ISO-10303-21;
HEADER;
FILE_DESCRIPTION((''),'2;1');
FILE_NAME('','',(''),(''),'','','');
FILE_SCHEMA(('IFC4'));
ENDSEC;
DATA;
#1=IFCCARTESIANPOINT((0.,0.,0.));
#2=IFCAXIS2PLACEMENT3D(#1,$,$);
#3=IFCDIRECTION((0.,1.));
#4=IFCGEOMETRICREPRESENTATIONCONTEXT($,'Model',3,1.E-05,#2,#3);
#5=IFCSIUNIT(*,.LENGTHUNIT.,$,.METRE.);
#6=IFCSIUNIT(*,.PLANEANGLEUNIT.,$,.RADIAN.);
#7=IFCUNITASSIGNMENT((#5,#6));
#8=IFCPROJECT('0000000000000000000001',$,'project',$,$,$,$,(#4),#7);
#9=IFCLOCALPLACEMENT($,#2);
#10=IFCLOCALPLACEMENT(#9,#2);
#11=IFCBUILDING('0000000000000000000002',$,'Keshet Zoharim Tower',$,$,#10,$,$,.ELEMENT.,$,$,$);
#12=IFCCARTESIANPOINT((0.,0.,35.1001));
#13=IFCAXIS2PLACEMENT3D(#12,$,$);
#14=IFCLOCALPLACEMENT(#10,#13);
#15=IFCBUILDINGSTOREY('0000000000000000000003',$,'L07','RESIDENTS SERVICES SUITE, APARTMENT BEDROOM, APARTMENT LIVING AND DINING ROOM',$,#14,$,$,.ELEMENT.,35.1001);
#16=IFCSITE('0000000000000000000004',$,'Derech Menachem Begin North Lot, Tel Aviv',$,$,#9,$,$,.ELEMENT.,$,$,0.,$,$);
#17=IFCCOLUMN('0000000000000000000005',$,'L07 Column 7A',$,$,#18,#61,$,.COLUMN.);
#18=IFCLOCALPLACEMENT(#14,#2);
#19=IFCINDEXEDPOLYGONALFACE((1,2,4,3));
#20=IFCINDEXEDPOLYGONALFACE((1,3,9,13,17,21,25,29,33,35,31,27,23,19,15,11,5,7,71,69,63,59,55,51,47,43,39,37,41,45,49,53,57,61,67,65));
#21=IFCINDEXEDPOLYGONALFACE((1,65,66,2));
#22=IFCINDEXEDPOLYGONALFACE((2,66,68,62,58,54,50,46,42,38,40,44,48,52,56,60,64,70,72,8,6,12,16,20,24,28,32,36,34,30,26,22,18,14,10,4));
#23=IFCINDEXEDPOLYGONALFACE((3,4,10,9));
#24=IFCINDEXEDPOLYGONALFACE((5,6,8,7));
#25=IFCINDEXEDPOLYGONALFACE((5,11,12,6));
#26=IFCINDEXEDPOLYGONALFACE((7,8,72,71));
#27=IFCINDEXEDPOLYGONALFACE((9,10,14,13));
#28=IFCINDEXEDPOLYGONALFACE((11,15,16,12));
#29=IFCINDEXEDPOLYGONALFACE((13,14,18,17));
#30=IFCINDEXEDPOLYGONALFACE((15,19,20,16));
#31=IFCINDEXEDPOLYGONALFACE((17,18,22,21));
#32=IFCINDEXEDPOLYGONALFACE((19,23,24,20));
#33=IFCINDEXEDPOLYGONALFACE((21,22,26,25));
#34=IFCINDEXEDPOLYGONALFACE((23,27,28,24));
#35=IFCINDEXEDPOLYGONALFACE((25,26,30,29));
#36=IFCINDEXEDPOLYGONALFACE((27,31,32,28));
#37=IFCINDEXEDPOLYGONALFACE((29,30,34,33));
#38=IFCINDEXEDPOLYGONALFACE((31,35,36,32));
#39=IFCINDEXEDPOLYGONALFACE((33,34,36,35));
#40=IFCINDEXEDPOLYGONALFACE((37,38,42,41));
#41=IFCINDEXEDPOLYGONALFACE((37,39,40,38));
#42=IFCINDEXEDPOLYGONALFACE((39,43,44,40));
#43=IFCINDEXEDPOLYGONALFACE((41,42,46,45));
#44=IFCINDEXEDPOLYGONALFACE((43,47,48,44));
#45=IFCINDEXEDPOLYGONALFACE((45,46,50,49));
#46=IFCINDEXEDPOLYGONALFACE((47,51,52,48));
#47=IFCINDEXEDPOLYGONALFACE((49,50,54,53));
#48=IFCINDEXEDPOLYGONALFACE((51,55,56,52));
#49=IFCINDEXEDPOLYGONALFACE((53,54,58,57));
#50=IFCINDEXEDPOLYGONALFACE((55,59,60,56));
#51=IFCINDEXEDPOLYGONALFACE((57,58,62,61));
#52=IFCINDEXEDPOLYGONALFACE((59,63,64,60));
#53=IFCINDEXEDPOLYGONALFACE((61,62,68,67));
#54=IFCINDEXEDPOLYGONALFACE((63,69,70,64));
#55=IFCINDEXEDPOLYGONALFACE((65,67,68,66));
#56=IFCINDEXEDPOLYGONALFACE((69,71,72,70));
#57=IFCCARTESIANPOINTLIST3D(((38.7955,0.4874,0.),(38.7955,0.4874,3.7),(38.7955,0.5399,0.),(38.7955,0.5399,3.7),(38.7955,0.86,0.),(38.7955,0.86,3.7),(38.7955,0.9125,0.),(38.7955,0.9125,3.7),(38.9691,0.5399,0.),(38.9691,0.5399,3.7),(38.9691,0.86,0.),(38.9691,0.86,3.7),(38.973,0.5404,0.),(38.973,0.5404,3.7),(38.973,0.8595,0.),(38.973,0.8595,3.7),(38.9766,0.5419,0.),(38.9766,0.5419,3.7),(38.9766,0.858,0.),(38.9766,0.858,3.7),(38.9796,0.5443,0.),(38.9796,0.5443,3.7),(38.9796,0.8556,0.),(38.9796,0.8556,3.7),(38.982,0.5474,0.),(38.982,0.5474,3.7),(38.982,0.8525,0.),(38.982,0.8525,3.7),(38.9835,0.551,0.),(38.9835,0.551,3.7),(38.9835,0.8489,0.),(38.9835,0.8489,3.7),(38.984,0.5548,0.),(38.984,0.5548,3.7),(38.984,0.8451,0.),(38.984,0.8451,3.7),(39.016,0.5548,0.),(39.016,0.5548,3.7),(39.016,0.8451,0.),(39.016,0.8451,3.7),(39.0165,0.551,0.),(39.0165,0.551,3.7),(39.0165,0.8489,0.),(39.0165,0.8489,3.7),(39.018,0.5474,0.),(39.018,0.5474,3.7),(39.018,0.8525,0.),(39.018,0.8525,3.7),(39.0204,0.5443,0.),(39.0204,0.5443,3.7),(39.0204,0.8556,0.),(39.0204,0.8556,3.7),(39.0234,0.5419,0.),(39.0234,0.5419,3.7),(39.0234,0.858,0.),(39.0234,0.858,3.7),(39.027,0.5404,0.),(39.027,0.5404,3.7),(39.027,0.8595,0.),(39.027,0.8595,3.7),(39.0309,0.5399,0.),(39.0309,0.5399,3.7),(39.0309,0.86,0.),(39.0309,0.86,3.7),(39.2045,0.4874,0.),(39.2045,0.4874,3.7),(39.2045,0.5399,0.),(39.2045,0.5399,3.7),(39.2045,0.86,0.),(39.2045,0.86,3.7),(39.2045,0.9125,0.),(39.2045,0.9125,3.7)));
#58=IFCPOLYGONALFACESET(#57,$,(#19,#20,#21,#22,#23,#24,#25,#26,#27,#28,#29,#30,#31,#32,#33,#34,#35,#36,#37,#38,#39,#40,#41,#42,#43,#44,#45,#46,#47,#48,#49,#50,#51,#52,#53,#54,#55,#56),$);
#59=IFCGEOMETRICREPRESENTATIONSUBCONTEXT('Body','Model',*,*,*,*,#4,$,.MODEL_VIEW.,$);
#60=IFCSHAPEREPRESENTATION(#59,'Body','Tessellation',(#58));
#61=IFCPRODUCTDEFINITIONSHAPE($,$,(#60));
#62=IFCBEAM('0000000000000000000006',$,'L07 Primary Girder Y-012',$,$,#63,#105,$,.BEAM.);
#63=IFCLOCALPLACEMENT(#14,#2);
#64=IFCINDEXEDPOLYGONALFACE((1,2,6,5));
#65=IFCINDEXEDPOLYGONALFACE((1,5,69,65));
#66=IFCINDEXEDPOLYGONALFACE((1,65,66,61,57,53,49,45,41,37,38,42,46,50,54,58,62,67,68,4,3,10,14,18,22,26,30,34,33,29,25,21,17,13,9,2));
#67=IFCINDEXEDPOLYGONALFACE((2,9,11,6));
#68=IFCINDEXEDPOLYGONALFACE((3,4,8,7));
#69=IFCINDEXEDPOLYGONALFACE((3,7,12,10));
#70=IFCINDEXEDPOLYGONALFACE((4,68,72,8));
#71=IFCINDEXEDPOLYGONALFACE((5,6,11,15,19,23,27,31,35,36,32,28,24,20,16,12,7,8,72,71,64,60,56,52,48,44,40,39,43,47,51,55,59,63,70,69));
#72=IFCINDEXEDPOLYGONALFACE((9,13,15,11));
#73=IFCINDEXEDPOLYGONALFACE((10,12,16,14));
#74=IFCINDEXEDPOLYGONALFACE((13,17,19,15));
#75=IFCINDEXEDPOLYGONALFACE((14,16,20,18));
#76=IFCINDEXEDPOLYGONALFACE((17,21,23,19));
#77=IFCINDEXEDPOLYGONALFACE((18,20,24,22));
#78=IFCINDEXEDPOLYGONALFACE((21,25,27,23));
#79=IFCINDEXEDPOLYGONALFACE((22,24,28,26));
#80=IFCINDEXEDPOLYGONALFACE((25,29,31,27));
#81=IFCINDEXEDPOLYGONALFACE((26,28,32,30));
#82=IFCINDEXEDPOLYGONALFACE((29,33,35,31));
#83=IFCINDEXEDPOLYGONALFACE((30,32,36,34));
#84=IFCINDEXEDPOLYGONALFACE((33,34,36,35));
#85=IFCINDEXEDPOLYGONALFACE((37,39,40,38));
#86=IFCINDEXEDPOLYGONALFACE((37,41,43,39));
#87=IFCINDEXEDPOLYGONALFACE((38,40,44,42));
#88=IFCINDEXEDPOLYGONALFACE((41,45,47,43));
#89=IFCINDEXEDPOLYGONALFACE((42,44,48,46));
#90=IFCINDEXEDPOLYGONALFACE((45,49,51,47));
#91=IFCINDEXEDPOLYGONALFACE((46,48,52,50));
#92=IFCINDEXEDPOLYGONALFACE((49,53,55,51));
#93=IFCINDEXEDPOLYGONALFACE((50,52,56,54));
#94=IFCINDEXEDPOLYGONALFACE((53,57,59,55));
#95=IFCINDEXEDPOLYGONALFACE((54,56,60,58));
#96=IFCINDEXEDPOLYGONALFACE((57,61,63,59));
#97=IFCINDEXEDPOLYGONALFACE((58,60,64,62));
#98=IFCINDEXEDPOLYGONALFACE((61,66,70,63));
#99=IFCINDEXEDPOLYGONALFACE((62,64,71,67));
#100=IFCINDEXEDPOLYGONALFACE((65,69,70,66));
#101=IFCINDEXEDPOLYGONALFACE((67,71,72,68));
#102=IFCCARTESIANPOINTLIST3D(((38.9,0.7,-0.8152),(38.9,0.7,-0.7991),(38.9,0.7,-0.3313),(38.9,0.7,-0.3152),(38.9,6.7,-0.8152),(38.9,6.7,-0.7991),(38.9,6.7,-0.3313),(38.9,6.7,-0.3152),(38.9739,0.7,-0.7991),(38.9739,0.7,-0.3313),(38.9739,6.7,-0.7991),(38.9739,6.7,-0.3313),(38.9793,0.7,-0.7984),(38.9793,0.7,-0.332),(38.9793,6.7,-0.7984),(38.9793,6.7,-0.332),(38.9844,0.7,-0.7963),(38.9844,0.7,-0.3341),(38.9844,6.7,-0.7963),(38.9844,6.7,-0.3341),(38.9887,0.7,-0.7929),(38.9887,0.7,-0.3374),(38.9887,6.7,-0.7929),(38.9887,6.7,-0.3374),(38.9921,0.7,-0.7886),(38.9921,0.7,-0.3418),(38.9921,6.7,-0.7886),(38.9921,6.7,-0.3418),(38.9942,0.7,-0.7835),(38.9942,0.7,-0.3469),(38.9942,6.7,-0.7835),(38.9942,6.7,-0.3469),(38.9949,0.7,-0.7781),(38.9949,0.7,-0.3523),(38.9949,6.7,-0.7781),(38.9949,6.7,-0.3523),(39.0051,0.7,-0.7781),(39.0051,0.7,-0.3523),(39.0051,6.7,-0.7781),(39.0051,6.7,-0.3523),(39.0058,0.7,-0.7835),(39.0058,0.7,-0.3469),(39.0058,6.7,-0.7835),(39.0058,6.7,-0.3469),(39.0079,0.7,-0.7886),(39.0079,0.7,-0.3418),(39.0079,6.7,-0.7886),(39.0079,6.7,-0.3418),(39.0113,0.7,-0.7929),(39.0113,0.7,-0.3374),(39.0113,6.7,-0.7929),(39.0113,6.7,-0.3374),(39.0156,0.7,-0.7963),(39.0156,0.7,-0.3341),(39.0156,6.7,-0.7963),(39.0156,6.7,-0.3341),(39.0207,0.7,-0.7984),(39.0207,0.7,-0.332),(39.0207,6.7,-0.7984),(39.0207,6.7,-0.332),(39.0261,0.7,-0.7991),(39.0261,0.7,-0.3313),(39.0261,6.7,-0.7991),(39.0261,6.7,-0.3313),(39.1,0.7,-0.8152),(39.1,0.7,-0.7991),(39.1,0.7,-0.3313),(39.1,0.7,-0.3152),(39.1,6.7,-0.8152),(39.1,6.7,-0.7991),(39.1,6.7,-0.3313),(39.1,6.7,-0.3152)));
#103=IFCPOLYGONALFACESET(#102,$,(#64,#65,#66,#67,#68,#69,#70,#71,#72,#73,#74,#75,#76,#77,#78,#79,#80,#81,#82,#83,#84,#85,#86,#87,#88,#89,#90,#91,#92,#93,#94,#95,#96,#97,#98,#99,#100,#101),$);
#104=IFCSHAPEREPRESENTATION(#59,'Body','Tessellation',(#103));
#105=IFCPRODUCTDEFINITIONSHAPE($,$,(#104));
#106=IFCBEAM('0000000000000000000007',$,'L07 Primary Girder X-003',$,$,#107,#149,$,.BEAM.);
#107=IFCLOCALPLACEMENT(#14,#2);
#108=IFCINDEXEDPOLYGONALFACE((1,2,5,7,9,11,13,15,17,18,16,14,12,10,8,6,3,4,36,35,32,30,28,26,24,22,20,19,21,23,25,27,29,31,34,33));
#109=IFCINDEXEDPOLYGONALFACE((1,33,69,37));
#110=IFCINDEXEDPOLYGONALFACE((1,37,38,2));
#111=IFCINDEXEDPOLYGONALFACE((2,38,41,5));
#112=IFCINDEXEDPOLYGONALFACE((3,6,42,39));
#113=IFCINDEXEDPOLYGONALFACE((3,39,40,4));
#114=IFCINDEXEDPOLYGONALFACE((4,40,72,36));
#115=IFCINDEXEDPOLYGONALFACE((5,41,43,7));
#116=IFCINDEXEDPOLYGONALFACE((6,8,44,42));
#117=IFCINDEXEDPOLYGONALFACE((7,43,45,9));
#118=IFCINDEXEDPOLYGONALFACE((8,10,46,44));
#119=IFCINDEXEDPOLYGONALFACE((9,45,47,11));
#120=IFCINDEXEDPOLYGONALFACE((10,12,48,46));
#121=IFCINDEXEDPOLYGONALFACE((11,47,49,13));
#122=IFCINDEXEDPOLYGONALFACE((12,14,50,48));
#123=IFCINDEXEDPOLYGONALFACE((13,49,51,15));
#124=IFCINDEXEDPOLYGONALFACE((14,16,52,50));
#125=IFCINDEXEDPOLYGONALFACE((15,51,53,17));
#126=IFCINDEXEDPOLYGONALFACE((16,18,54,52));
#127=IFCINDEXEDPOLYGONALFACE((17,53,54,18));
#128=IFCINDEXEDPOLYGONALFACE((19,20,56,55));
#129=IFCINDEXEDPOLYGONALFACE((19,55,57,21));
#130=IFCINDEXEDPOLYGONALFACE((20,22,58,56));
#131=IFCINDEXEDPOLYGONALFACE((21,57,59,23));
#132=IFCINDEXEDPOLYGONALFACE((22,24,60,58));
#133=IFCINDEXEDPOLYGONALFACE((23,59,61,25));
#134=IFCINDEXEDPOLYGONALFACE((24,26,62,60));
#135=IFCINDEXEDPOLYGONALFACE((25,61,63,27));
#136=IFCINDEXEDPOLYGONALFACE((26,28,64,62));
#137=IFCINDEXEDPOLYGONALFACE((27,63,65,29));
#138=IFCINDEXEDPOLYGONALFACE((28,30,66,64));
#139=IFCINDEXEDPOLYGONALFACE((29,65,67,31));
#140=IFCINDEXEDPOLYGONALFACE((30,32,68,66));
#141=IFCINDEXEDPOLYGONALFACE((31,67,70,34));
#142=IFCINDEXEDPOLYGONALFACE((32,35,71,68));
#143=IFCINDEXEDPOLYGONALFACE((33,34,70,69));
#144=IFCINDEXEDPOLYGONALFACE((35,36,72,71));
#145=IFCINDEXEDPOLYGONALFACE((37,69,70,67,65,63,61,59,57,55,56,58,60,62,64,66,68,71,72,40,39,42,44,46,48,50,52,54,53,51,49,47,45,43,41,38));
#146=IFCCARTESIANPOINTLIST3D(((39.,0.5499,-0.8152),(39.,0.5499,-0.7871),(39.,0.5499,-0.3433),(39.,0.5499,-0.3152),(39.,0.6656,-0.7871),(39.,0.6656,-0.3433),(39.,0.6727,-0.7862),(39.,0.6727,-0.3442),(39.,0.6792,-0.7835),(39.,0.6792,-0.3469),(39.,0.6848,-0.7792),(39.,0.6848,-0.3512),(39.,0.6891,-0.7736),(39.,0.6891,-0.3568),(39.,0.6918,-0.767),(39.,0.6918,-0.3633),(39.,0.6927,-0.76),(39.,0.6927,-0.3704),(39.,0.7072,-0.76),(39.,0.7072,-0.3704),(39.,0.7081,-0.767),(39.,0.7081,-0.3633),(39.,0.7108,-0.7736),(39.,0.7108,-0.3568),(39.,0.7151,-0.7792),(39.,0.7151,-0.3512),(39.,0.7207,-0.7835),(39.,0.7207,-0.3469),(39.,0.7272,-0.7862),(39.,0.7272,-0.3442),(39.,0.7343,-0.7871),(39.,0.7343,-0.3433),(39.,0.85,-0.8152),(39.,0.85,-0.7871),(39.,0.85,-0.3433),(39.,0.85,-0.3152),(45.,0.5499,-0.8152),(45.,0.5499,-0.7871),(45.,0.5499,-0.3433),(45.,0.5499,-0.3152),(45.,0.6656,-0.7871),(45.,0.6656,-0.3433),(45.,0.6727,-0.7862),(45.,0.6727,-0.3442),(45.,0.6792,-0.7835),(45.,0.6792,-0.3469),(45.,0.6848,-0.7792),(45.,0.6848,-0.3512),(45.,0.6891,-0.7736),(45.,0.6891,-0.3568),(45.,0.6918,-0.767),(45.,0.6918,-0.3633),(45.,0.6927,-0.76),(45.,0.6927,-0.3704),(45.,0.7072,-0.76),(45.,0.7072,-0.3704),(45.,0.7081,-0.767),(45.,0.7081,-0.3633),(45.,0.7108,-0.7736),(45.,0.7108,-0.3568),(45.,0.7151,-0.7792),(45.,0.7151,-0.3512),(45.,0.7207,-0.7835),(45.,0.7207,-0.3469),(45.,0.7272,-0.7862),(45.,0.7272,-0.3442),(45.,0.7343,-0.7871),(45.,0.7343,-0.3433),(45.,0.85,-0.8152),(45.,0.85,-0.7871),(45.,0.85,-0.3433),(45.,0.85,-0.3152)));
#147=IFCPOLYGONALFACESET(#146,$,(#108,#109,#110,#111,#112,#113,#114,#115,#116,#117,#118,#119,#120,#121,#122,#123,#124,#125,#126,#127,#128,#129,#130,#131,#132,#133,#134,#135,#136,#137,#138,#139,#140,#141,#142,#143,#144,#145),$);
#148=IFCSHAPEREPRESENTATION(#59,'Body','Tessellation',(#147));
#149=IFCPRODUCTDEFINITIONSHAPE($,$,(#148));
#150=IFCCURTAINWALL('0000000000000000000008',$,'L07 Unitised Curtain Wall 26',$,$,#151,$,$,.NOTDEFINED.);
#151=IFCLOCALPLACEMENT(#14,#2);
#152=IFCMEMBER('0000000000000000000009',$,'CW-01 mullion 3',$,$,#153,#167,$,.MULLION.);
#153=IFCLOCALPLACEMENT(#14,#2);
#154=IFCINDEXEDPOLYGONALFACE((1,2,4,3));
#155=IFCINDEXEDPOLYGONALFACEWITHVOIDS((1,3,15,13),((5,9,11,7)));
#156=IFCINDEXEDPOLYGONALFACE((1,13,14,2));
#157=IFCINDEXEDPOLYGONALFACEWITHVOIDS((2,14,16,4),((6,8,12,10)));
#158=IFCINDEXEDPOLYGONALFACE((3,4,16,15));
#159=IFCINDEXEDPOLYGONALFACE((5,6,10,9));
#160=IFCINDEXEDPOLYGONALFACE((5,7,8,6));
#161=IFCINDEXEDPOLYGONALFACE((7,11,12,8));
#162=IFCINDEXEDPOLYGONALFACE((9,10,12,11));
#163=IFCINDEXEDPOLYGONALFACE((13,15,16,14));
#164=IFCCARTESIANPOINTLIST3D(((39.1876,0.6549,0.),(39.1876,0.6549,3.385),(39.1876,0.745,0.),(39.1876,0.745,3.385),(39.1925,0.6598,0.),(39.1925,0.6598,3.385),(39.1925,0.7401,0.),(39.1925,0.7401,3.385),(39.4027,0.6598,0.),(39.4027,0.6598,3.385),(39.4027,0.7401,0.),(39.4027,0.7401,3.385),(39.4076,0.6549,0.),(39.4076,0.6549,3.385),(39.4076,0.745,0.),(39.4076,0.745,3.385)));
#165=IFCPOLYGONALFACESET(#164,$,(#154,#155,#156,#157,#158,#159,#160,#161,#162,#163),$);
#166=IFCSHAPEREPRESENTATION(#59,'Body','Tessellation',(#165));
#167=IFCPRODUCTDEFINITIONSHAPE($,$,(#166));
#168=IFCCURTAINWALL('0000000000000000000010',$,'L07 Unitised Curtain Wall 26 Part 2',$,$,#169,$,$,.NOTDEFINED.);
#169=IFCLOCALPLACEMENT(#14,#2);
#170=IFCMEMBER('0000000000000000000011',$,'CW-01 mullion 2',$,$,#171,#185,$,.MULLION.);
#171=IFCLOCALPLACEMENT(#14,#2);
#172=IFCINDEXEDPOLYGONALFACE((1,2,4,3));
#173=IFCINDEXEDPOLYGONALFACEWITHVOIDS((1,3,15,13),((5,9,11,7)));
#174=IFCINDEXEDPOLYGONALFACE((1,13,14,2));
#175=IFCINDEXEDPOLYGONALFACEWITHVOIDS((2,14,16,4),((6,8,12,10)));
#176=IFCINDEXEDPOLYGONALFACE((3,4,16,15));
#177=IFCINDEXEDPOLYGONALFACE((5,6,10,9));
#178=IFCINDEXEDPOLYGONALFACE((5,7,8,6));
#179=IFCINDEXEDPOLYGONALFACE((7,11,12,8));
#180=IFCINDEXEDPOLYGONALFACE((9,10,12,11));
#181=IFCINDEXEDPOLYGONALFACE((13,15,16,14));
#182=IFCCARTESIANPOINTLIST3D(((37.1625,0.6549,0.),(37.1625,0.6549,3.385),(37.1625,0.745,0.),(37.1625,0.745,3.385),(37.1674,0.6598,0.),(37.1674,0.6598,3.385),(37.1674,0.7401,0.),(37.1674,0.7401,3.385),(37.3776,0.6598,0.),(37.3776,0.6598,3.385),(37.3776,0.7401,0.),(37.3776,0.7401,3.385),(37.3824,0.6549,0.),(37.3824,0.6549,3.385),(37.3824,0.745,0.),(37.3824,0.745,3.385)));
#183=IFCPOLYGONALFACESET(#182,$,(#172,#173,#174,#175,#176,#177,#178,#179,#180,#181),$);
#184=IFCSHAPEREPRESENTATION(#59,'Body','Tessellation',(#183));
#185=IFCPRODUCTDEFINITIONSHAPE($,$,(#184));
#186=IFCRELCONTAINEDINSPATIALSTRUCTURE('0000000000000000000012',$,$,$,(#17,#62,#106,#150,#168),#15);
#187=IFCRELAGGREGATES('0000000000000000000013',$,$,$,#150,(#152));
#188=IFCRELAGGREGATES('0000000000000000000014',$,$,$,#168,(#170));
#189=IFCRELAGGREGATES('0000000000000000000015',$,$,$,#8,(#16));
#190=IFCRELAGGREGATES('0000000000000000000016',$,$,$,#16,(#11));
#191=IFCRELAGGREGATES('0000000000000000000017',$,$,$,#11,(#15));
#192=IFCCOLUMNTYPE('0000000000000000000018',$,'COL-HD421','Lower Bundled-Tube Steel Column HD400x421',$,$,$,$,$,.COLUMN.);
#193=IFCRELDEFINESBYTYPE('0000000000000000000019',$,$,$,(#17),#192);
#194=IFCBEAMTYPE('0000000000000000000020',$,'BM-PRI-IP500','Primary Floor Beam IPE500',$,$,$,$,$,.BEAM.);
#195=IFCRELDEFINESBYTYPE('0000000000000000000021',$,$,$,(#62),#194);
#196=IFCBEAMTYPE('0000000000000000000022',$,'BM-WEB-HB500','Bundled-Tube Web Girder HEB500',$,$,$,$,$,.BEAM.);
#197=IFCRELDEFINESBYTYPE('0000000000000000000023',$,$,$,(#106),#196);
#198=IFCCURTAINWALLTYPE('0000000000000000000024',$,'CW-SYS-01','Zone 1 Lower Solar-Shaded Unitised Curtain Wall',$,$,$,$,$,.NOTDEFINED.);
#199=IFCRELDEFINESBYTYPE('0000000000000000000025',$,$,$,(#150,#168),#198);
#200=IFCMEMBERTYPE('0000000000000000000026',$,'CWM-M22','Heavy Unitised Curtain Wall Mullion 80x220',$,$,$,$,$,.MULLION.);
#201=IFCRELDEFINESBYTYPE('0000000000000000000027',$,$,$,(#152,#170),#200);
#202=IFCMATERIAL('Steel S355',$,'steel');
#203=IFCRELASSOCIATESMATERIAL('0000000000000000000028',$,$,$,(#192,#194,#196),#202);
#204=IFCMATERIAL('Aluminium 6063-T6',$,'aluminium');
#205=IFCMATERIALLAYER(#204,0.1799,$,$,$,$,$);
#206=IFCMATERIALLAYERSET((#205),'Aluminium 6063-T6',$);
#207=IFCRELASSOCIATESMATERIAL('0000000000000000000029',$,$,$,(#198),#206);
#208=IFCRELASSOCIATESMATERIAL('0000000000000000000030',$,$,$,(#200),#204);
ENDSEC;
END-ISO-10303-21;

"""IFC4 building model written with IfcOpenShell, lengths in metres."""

from ifc_helpers import new_model, si_unit, direction, frame, origin, origin_2d, place, context, subcontext, project, spatial, hollow_rectangle, i_section, extrude, material, layer, layer_set, material_profile, profile_set, type_object, element, aggregate, save


model = new_model("IFC4")

# Units and contexts
model_context = context("Model", 3, precision=1e-05, world=origin(), true_north=direction((0.0, 1.0)))
body_context = subcontext(model_context, "Body", "Model", "MODEL_VIEW")
ifc_project = project(units=[si_unit("LENGTHUNIT", "METRE"), si_unit("PLANEANGLEUNIT", "RADIAN")], contexts=[model_context])

# Site, building, storey
site_placement = place(None, origin())
site = spatial("IfcSite", under=ifc_project, at=site_placement, Name="Derech Menachem Begin North Lot, Tel Aviv", CompositionType="ELEMENT", RefElevation=0.0)
building_placement = place(site_placement, origin())
building = spatial("IfcBuilding", under=site, at=building_placement, Name="Keshet Zoharim Tower", CompositionType="ELEMENT")
storey_placement = place(building_placement, frame((0.0, 0.0, 35.1001)))
storey = spatial("IfcBuildingStorey", under=building, at=storey_placement, Name="L07", Description="RESIDENTS SERVICES SUITE, APARTMENT BEDROOM, APARTMENT LIVING AND DINING ROOM", CompositionType="ELEMENT", Elevation=35.1001)

# Column
ifc_material_1 = material(Name="Steel S355", Category="steel")
ifc_material_profile_1 = material_profile(ifc_material_1, i_section(OverallWidth=0.4089, OverallDepth=0.425, WebThickness=0.032, FlangeThickness=0.0525, FilletRadius=0.0149, at=origin_2d()), Name="HD400x421")
ifc_profile_set_1 = profile_set([ifc_material_profile_1], Name="Steel S355")
column_type = type_object("IfcColumnType", Name="COL-HD421", Description="Lower Bundled-Tube Steel Column HD400x421", PredefinedType="COLUMN", material=ifc_profile_set_1)
column_placement = place(storey_placement, frame((39.0, 0.7, 0.0), z_axis=(0.0, 0.0, 1.0), x_axis=(1.0, 0.0, 0.0)))
element("IfcColumn", 1, at=column_placement, inside=storey, type_object=column_type, Name="L07 Column 7A", PredefinedType="COLUMN", context=body_context, shape_type="SweptSolid", body=[
    extrude(i_section(OverallWidth=0.4089, OverallDepth=0.425, WebThickness=0.032, FlangeThickness=0.0525, FilletRadius=0.0149, at=origin_2d()), origin(), (0.0, 0.0, 1.0), 3.7),
])

# Beams
ifc_material_profile_2 = material_profile(ifc_material_1, i_section(OverallWidth=0.2, OverallDepth=0.5, WebThickness=0.0103, FlangeThickness=0.0161, FilletRadius=0.021, at=origin_2d()), Name="IPE500")
ifc_profile_set_2 = profile_set([ifc_material_profile_2], Name="Steel S355")
beam_type_1 = type_object("IfcBeamType", Name="BM-PRI-IP500", Description="Primary Floor Beam IPE500", PredefinedType="BEAM", material=ifc_profile_set_2)
beam_1_placement = place(storey_placement, frame((39.0, 0.7, -0.5652), z_axis=(0.0, 1.0, 0.0), x_axis=(-1.0, 0.0, 0.0)))
element("IfcBeam", 2, at=beam_1_placement, inside=storey, type_object=beam_type_1, Name="L07 Primary Girder Y-012", PredefinedType="BEAM", context=body_context, shape_type="SweptSolid", body=[
    extrude(i_section(OverallWidth=0.2, OverallDepth=0.5, WebThickness=0.0103, FlangeThickness=0.0161, FilletRadius=0.021, at=origin_2d()), origin(), (0.0, 0.0, 1.0), 6.0),
])
ifc_material_profile_3 = material_profile(ifc_material_1, i_section(OverallWidth=0.3, OverallDepth=0.5, WebThickness=0.0144, FlangeThickness=0.0281, FilletRadius=0.0271, at=origin_2d()), Name="HEB500")
ifc_profile_set_3 = profile_set([ifc_material_profile_3], Name="Steel S355")
beam_type_2 = type_object("IfcBeamType", Name="BM-WEB-HB500", Description="Bundled-Tube Web Girder HEB500", PredefinedType="BEAM", material=ifc_profile_set_3)
beam_2_placement = place(storey_placement, frame((39.0, 0.7, -0.5652), z_axis=(1.0, 0.0, 0.0), x_axis=(0.0, 1.0, 0.0)))
element("IfcBeam", 3, at=beam_2_placement, inside=storey, type_object=beam_type_2, Name="L07 Primary Girder X-003", PredefinedType="BEAM", context=body_context, shape_type="SweptSolid", body=[
    extrude(i_section(OverallWidth=0.3, OverallDepth=0.5, WebThickness=0.0144, FlangeThickness=0.0281, FilletRadius=0.0271, at=origin_2d()), origin(), (0.0, 0.0, 1.0), 6.0),
])

# Curtain walls, members
ifc_material_2 = material(Name="Aluminium 6063-T6", Category="aluminium")
ifc_layer_1 = layer(ifc_material_2, 0.1799)
ifc_layer_set_1 = layer_set([ifc_layer_1], Name="Aluminium 6063-T6")
curtain_wall_type = type_object("IfcCurtainWallType", Name="CW-SYS-01", Description="Zone 1 Lower Solar-Shaded Unitised Curtain Wall", PredefinedType="NOTDEFINED", material=ifc_layer_set_1)
curtain_wall_1_placement = place(storey_placement, origin())
curtain_wall_1 = element("IfcCurtainWall", 4, at=curtain_wall_1_placement, inside=storey, type_object=curtain_wall_type, Name="L07 Unitised Curtain Wall 26", PredefinedType="NOTDEFINED")
ifc_material_profile_4 = material_profile(ifc_material_2, hollow_rectangle(XDim=0.0901, YDim=0.22, WallThickness=0.0049, at=origin_2d()), Name="MUL-90x220")
ifc_profile_set_4 = profile_set([ifc_material_profile_4], Name="Aluminium 6063-T6")
member_type_1 = type_object("IfcMemberType", Name="CWM-M22", Description="Heavy Unitised Curtain Wall Mullion 80x220", PredefinedType="MULLION", material=ifc_profile_set_4)
member_1_placement = place(storey_placement, frame((39.2976, 0.7, 0.0), z_axis=(0.0, 0.0, 1.0), x_axis=(0.0, -1.0, 0.0)))
member_1 = element("IfcMember", 5, at=member_1_placement, type_object=member_type_1, Name="CW-01 mullion 3", PredefinedType="MULLION", context=body_context, shape_type="SweptSolid", body=[
    extrude(hollow_rectangle(XDim=0.0901, YDim=0.22, WallThickness=0.0049, at=origin_2d()), origin(), (0.0, 0.0, 1.0), 3.385),
])
curtain_wall_2_placement = place(storey_placement, origin())
curtain_wall_2 = element("IfcCurtainWall", 6, at=curtain_wall_2_placement, inside=storey, type_object=curtain_wall_type, Name="L07 Unitised Curtain Wall 26 Part 2", PredefinedType="NOTDEFINED")
member_2_placement = place(storey_placement, frame((37.2725, 0.7, 0.0), z_axis=(0.0, 0.0, 1.0), x_axis=(0.0, -1.0, 0.0)))
member_2 = element("IfcMember", 7, at=member_2_placement, type_object=member_type_1, Name="CW-01 mullion 2", PredefinedType="MULLION", context=body_context, shape_type="SweptSolid", body=[
    extrude(hollow_rectangle(XDim=0.0901, YDim=0.22, WallThickness=0.0049, at=origin_2d()), origin(), (0.0, 0.0, 1.0), 3.385),
])

aggregate(curtain_wall_1, [member_1])
aggregate(curtain_wall_2, [member_2])

save(model, "model.ifc")
